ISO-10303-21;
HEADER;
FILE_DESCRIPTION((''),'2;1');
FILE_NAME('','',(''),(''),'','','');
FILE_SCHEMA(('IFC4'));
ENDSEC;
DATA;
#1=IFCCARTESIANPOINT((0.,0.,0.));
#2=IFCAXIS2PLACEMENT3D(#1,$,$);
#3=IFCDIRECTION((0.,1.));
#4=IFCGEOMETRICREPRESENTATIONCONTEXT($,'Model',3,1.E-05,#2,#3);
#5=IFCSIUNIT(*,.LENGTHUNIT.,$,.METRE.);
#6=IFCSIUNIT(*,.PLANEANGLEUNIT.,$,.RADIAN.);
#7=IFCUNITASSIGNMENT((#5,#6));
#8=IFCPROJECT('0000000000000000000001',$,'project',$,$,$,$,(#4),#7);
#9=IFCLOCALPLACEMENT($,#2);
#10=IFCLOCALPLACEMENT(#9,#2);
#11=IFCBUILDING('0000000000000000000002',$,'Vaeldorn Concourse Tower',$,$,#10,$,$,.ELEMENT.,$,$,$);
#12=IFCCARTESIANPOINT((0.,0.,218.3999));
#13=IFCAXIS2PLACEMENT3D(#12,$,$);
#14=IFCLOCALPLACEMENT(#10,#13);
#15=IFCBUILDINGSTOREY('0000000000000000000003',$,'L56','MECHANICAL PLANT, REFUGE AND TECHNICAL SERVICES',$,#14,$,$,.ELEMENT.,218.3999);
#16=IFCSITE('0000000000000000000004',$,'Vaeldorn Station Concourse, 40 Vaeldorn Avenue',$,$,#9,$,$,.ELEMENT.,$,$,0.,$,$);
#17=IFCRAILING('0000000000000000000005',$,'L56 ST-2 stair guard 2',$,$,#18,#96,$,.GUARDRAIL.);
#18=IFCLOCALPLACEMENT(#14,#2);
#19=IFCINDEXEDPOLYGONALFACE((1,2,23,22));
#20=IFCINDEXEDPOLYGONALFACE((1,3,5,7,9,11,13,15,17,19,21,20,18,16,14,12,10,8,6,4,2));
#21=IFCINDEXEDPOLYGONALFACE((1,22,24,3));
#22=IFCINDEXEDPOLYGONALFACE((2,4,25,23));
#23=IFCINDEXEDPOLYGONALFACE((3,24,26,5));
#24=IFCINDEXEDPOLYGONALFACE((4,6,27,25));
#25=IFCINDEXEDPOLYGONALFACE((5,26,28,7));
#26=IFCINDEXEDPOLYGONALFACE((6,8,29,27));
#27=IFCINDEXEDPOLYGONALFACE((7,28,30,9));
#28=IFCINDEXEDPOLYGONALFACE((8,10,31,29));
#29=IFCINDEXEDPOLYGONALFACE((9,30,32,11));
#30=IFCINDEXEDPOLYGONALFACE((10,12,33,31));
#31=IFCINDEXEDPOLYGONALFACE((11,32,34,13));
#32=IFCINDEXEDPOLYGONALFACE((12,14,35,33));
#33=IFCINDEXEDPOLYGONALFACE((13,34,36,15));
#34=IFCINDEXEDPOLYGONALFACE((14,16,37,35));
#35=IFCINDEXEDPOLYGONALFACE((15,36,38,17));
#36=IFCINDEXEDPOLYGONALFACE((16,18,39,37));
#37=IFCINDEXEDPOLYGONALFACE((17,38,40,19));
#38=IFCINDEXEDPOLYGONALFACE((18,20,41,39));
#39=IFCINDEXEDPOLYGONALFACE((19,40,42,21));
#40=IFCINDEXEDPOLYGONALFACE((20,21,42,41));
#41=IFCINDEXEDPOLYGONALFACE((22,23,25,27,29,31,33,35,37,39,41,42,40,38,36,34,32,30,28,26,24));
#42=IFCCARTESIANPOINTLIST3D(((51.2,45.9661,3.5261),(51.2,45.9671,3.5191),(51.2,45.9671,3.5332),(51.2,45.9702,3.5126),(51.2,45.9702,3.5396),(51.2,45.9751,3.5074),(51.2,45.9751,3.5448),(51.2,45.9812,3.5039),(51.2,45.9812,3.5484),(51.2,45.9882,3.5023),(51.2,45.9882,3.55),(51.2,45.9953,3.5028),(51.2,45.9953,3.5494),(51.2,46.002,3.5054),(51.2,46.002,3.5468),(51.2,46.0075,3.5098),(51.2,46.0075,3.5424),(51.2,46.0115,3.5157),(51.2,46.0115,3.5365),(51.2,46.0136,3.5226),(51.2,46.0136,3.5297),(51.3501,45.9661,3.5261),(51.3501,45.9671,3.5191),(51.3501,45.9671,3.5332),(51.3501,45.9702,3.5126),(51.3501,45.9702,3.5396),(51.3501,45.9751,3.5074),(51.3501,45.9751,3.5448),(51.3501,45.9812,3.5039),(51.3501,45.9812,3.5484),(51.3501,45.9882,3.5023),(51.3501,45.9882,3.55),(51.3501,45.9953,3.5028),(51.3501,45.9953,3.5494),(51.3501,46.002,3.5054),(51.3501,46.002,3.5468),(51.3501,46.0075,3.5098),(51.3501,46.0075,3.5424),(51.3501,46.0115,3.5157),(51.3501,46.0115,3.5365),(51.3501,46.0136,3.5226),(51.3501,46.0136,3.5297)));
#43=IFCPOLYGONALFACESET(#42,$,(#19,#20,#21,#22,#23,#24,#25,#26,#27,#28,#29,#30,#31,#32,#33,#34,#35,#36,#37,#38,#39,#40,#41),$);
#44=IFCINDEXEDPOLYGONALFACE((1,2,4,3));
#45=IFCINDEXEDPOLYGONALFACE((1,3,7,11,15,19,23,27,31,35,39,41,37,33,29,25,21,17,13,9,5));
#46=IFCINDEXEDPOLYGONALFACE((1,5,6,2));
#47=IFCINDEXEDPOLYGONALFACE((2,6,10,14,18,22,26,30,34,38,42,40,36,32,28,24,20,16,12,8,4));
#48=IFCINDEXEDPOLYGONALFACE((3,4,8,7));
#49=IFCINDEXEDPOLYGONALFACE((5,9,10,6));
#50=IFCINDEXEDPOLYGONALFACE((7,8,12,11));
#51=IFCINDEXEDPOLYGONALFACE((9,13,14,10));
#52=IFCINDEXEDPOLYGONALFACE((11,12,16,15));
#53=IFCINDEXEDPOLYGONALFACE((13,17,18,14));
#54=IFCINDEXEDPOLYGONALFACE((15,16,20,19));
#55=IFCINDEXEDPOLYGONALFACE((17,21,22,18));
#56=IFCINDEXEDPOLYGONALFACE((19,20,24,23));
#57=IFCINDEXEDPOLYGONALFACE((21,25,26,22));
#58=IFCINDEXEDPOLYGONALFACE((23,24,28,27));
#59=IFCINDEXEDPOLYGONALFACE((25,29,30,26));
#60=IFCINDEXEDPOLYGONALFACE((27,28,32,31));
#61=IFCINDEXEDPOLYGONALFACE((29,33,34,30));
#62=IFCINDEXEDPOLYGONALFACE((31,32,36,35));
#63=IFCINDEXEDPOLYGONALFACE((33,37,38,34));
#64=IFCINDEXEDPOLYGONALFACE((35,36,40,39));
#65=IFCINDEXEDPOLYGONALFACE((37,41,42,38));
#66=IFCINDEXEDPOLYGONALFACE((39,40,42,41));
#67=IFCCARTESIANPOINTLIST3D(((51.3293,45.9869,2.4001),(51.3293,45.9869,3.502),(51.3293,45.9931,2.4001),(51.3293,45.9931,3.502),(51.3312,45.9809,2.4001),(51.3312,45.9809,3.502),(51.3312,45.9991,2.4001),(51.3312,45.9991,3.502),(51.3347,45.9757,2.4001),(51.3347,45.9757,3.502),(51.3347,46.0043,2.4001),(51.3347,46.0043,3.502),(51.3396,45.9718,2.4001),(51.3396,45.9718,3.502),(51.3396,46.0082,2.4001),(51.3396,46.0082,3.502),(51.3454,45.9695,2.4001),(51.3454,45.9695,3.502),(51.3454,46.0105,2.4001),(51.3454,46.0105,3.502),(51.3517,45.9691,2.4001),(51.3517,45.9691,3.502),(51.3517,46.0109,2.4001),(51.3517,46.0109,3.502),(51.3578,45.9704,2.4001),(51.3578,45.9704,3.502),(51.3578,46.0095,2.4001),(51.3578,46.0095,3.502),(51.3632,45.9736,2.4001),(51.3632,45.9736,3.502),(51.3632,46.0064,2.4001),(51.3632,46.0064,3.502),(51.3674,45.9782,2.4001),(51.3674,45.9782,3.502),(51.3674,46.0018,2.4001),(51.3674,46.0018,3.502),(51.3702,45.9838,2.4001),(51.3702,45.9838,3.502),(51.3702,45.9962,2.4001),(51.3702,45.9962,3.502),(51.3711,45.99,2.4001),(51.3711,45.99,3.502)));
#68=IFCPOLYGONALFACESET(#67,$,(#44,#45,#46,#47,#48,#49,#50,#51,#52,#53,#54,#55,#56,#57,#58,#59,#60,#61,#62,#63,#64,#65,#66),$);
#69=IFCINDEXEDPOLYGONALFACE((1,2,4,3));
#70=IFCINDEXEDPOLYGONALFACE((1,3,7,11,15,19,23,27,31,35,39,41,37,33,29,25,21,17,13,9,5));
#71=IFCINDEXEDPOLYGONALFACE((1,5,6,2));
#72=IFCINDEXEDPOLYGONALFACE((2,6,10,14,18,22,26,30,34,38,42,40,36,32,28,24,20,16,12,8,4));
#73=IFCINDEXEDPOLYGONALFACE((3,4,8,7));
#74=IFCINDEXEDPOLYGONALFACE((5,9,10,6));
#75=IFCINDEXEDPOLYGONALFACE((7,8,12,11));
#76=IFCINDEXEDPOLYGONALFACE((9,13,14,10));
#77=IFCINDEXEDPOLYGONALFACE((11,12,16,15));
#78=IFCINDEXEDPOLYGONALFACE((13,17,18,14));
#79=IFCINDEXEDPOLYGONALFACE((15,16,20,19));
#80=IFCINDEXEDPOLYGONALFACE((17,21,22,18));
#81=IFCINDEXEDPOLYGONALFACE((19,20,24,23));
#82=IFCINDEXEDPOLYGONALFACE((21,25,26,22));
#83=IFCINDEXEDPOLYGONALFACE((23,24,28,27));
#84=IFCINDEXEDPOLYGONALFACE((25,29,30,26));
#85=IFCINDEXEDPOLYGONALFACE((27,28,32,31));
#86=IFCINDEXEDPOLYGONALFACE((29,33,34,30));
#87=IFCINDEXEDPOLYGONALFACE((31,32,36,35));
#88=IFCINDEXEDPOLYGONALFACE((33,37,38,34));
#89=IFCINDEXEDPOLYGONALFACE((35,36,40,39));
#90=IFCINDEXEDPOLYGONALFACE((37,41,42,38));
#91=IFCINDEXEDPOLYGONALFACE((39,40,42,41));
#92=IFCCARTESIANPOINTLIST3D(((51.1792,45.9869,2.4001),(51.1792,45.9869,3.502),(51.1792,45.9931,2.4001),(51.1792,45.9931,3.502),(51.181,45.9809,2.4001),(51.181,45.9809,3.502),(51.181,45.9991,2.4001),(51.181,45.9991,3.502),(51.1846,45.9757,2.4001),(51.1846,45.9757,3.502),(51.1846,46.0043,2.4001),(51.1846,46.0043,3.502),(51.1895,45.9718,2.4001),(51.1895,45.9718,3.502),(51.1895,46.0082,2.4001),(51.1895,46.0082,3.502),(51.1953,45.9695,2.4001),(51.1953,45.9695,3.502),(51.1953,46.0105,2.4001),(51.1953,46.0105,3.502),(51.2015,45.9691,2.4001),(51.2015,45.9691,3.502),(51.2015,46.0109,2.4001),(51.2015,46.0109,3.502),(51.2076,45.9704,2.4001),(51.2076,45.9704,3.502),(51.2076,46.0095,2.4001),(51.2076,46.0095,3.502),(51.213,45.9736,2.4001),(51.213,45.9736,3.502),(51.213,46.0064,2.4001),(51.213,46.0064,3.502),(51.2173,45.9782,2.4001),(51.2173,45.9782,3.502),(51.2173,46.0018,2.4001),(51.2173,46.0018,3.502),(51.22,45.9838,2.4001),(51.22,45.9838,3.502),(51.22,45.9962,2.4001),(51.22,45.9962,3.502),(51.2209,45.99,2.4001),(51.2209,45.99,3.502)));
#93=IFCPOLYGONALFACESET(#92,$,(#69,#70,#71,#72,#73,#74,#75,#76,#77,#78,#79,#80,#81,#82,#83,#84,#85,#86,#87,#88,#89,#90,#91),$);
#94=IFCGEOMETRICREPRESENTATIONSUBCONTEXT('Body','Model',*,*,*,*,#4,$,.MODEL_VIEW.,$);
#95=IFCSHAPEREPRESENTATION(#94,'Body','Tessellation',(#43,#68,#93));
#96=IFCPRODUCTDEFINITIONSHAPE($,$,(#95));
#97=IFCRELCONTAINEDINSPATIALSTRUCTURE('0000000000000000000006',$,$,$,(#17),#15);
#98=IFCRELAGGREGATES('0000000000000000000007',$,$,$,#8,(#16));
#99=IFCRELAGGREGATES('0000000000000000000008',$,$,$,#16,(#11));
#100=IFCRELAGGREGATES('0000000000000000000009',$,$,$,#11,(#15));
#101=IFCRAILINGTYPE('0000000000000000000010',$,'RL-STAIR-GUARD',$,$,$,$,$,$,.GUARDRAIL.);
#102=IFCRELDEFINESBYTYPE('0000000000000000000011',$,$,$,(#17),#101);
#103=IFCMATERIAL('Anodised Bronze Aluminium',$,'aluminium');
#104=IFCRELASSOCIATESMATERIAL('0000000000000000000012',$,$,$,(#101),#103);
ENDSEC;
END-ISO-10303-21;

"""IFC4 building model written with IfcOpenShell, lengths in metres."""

from ifc_helpers import new_model, si_unit, direction, frame, origin, origin_2d, place, context, subcontext, project, spatial, circle, extrude, material, type_object, element, save


model = new_model("IFC4")

# Units and contexts
model_context = context("Model", 3, precision=1e-05, world=origin(), true_north=direction((0.0, 1.0)))
body_context = subcontext(model_context, "Body", "Model", "MODEL_VIEW")
ifc_project = project(units=[si_unit("LENGTHUNIT", "METRE"), si_unit("PLANEANGLEUNIT", "RADIAN")], contexts=[model_context])

# Site, building, storey
site_placement = place(None, origin())
site = spatial("IfcSite", under=ifc_project, at=site_placement, Name="Vaeldorn Station Concourse, 40 Vaeldorn Avenue", CompositionType="ELEMENT", RefElevation=0.0)
building_placement = place(site_placement, origin())
building = spatial("IfcBuilding", under=site, at=building_placement, Name="Vaeldorn Concourse Tower", CompositionType="ELEMENT")
storey_placement = place(building_placement, frame((0.0, 0.0, 218.3999)))
storey = spatial("IfcBuildingStorey", under=building, at=storey_placement, Name="L56", Description="MECHANICAL PLANT, REFUGE AND TECHNICAL SERVICES", CompositionType="ELEMENT", Elevation=218.3999)

# Railing
ifc_material_1 = material(Name="Anodised Bronze Aluminium", Category="aluminium")
railing_type_1 = type_object("IfcRailingType", Name="RL-STAIR-GUARD", PredefinedType="GUARDRAIL", material=ifc_material_1)
railing_1_placement = place(storey_placement, frame((51.3501, 45.99, 2.4001)))
element("IfcRailing", 1, at=railing_1_placement, inside=storey, type_object=railing_type_1, Name="L56 ST-2 stair guard 2", PredefinedType="GUARDRAIL", context=body_context, shape_type="SweptSolid", body=[
    extrude(circle(Radius=0.0239, at=origin_2d()), frame((0.0, 0.0, 1.126), z_axis=(-1.0, 0.0, 0.0), x_axis=(0.0, -1.0, 0.0)), (0.0, 0.0, 1.0), 0.1501),
    extrude(circle(Radius=0.021, at=origin_2d()), origin(), (0.0, 0.0, 1.0), 1.1018),
    extrude(circle(Radius=0.021, at=origin_2d()), frame((-0.1501, 0.0, 0.0)), (0.0, 0.0, 1.0), 1.1018),
])

save(model, "model.ifc")
